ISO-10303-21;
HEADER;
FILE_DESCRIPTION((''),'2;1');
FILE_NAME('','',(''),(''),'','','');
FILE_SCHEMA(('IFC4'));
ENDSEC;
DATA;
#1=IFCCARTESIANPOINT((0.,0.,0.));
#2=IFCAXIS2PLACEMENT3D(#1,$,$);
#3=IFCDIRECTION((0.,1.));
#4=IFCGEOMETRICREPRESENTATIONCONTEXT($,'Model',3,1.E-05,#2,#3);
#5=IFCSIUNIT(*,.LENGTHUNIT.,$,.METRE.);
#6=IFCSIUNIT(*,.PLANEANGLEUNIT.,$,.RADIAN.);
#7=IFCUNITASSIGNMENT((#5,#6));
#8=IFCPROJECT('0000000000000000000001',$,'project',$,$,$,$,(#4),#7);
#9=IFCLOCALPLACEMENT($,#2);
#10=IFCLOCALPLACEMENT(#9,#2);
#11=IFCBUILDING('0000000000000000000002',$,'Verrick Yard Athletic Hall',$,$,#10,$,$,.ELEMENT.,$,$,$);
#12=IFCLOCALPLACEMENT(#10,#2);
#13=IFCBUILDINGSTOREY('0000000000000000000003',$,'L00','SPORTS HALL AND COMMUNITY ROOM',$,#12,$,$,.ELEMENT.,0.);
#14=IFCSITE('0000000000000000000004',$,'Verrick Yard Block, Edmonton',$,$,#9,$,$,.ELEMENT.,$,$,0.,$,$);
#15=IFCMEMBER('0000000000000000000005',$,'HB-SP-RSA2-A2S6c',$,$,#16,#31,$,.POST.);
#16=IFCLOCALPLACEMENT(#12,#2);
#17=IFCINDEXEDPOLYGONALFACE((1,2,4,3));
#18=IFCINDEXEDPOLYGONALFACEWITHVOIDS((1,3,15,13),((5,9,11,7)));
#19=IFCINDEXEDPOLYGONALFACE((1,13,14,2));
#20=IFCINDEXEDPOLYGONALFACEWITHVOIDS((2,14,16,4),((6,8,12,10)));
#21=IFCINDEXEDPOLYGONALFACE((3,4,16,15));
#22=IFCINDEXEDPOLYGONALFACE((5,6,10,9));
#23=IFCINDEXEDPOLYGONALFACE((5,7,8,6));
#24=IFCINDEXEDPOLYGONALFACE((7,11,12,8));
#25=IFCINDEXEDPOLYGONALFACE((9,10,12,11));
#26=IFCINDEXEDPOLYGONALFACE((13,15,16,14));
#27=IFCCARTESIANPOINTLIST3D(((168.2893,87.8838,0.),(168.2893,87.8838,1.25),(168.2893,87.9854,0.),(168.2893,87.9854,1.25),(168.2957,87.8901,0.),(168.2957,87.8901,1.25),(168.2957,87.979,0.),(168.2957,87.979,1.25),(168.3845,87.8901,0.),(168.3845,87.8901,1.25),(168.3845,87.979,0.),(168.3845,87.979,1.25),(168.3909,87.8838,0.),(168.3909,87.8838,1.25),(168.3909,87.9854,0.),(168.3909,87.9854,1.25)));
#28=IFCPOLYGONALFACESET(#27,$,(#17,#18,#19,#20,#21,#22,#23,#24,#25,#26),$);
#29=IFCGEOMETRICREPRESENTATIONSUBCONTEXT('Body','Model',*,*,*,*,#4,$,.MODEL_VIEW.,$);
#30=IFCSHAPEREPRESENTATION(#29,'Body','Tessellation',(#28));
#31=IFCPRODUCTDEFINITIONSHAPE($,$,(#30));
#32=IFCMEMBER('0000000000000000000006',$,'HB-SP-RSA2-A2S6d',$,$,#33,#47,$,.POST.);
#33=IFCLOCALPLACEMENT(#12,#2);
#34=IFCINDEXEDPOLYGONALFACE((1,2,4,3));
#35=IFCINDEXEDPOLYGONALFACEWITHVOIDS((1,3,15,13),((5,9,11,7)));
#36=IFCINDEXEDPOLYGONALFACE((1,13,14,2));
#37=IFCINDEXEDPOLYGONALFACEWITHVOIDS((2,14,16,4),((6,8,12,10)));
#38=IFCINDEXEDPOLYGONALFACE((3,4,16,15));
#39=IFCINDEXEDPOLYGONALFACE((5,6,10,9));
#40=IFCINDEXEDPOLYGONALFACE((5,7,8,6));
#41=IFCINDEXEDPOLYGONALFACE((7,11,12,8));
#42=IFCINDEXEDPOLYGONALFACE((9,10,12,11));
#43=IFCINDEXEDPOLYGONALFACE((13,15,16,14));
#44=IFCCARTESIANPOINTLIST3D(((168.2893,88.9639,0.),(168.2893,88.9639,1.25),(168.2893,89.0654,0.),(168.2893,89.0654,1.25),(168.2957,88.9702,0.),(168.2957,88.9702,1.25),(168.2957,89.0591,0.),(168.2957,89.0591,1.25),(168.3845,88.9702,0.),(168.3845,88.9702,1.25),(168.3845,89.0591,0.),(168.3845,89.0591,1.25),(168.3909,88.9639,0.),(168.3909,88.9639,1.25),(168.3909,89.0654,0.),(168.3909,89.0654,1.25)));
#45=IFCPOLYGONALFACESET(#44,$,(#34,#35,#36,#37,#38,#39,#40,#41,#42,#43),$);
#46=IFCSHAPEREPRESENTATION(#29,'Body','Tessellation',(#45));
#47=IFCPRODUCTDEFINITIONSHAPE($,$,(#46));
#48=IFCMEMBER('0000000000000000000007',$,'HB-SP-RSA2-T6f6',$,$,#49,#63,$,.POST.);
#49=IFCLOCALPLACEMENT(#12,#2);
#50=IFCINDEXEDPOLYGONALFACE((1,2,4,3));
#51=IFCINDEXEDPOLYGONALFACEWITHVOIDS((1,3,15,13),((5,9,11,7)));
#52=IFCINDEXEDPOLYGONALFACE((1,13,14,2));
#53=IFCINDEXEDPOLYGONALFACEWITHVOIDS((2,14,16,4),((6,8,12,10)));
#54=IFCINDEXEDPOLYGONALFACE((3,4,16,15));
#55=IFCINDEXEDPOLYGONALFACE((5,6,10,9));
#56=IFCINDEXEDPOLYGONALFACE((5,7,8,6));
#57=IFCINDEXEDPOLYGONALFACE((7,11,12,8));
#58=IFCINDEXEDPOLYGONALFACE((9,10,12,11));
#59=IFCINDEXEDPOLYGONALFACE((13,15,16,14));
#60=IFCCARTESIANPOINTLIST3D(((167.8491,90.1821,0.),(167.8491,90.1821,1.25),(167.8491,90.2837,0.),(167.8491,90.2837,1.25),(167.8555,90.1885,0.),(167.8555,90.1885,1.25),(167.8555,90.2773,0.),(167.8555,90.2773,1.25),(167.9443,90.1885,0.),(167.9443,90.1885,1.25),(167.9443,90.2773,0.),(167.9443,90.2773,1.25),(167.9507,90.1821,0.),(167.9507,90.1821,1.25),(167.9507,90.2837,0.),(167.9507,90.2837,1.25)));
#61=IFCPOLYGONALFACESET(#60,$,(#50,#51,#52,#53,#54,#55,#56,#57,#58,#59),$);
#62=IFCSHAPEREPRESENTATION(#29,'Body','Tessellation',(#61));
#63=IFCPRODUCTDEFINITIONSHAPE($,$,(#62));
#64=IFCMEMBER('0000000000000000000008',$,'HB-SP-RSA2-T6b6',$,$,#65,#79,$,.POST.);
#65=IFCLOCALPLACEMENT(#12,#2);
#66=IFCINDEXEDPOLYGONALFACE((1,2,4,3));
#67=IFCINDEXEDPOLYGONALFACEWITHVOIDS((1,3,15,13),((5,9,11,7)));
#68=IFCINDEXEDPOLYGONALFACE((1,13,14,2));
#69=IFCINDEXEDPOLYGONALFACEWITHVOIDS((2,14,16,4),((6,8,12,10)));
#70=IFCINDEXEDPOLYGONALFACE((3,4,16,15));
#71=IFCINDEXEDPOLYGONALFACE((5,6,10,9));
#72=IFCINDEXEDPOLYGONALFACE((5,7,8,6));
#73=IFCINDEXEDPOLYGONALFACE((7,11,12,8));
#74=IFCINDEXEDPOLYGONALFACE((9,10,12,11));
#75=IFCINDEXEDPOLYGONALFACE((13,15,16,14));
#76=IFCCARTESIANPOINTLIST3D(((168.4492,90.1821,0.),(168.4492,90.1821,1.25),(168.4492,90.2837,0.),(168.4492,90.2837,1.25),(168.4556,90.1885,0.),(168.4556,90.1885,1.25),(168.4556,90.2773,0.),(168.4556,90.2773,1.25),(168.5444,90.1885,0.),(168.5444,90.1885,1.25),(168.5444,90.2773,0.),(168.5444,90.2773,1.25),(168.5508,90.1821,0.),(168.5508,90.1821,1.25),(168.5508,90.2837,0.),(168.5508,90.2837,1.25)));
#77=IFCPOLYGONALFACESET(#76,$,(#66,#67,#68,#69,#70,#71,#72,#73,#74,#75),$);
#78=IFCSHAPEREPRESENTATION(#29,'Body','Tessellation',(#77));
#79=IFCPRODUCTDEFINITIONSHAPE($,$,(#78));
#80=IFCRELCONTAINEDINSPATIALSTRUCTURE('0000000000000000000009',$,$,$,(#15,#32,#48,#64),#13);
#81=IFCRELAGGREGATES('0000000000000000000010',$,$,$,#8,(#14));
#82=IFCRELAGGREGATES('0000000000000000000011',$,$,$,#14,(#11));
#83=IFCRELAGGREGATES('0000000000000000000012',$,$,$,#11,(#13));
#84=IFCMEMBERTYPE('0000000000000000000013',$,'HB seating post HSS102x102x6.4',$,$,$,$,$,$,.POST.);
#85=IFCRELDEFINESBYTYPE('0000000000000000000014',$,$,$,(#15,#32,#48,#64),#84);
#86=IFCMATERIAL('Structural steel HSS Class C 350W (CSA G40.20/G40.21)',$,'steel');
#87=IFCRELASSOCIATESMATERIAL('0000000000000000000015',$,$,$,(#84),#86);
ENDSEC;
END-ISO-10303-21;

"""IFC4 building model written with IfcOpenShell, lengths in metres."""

from ifc_helpers import new_model, si_unit, direction, frame, origin, origin_2d, place, context, subcontext, project, spatial, hollow_rectangle, extrude, material, material_profile, profile_set, type_object, element, save


model = new_model("IFC4")

# Units and contexts
model_context = context("Model", 3, precision=1e-05, world=origin(), true_north=direction((0.0, 1.0)))
body_context = subcontext(model_context, "Body", "Model", "MODEL_VIEW")
ifc_project = project(units=[si_unit("LENGTHUNIT", "METRE"), si_unit("PLANEANGLEUNIT", "RADIAN")], contexts=[model_context])

# Site, building, storey
site_placement = place(None, origin())
site = spatial("IfcSite", under=ifc_project, at=site_placement, Name="Verrick Yard Block, Edmonton", CompositionType="ELEMENT", RefElevation=0.0)
building_placement = place(site_placement, origin())
building = spatial("IfcBuilding", under=site, at=building_placement, Name="Verrick Yard Athletic Hall", CompositionType="ELEMENT")
storey_placement = place(building_placement, origin())
storey = spatial("IfcBuildingStorey", under=building, at=storey_placement, Name="L00", Description="SPORTS HALL AND COMMUNITY ROOM", CompositionType="ELEMENT", Elevation=0.0)

# Members
ifc_material_1 = material(Name="Structural steel HSS Class C 350W (CSA G40.20/G40.21)", Category="steel")
ifc_material_profile_1 = material_profile(ifc_material_1, hollow_rectangle(XDim=0.1016, YDim=0.1016, WallThickness=0.0063, at=origin_2d()), Name="HSS102x102x6.4")
ifc_profile_set_1 = profile_set([ifc_material_profile_1], Name="Structural steel HSS Class C 350W (CSA G40.20/G40.21)")
member_type_1 = type_object("IfcMemberType", Name="HB seating post HSS102x102x6.4", PredefinedType="POST", material=ifc_profile_set_1)
for number, where, z_axis, x_axis, name in (
    (1, (168.3401, 87.9346, 0.0), (0.0, 0.0, 1.0), (0.0, 1.0, 0.0), "HB-SP-RSA2-A2S6c"),
    (2, (168.3401, 89.0146, 0.0), (0.0, 0.0, 1.0), (0.0, 1.0, 0.0), "HB-SP-RSA2-A2S6d"),
    (3, (167.8999, 90.2329, 0.0), (0.0, 0.0, 1.0), (0.0, 1.0, 0.0), "HB-SP-RSA2-T6f6"),
    (4, (168.5, 90.2329, 0.0), (0.0, 0.0, 1.0), (0.0, 1.0, 0.0), "HB-SP-RSA2-T6b6"),
):
    element("IfcMember", number, at=place(storey_placement, frame(where, z_axis=z_axis, x_axis=x_axis)), inside=storey, type_object=member_type_1, Name=name, PredefinedType="POST", context=body_context, shape_type="SweptSolid", body=[
        extrude(hollow_rectangle(XDim=0.1016, YDim=0.1016, WallThickness=0.0063, at=origin_2d()), origin(), (0.0, 0.0, 1.0), 1.25),
    ])

save(model, "model.ifc")
